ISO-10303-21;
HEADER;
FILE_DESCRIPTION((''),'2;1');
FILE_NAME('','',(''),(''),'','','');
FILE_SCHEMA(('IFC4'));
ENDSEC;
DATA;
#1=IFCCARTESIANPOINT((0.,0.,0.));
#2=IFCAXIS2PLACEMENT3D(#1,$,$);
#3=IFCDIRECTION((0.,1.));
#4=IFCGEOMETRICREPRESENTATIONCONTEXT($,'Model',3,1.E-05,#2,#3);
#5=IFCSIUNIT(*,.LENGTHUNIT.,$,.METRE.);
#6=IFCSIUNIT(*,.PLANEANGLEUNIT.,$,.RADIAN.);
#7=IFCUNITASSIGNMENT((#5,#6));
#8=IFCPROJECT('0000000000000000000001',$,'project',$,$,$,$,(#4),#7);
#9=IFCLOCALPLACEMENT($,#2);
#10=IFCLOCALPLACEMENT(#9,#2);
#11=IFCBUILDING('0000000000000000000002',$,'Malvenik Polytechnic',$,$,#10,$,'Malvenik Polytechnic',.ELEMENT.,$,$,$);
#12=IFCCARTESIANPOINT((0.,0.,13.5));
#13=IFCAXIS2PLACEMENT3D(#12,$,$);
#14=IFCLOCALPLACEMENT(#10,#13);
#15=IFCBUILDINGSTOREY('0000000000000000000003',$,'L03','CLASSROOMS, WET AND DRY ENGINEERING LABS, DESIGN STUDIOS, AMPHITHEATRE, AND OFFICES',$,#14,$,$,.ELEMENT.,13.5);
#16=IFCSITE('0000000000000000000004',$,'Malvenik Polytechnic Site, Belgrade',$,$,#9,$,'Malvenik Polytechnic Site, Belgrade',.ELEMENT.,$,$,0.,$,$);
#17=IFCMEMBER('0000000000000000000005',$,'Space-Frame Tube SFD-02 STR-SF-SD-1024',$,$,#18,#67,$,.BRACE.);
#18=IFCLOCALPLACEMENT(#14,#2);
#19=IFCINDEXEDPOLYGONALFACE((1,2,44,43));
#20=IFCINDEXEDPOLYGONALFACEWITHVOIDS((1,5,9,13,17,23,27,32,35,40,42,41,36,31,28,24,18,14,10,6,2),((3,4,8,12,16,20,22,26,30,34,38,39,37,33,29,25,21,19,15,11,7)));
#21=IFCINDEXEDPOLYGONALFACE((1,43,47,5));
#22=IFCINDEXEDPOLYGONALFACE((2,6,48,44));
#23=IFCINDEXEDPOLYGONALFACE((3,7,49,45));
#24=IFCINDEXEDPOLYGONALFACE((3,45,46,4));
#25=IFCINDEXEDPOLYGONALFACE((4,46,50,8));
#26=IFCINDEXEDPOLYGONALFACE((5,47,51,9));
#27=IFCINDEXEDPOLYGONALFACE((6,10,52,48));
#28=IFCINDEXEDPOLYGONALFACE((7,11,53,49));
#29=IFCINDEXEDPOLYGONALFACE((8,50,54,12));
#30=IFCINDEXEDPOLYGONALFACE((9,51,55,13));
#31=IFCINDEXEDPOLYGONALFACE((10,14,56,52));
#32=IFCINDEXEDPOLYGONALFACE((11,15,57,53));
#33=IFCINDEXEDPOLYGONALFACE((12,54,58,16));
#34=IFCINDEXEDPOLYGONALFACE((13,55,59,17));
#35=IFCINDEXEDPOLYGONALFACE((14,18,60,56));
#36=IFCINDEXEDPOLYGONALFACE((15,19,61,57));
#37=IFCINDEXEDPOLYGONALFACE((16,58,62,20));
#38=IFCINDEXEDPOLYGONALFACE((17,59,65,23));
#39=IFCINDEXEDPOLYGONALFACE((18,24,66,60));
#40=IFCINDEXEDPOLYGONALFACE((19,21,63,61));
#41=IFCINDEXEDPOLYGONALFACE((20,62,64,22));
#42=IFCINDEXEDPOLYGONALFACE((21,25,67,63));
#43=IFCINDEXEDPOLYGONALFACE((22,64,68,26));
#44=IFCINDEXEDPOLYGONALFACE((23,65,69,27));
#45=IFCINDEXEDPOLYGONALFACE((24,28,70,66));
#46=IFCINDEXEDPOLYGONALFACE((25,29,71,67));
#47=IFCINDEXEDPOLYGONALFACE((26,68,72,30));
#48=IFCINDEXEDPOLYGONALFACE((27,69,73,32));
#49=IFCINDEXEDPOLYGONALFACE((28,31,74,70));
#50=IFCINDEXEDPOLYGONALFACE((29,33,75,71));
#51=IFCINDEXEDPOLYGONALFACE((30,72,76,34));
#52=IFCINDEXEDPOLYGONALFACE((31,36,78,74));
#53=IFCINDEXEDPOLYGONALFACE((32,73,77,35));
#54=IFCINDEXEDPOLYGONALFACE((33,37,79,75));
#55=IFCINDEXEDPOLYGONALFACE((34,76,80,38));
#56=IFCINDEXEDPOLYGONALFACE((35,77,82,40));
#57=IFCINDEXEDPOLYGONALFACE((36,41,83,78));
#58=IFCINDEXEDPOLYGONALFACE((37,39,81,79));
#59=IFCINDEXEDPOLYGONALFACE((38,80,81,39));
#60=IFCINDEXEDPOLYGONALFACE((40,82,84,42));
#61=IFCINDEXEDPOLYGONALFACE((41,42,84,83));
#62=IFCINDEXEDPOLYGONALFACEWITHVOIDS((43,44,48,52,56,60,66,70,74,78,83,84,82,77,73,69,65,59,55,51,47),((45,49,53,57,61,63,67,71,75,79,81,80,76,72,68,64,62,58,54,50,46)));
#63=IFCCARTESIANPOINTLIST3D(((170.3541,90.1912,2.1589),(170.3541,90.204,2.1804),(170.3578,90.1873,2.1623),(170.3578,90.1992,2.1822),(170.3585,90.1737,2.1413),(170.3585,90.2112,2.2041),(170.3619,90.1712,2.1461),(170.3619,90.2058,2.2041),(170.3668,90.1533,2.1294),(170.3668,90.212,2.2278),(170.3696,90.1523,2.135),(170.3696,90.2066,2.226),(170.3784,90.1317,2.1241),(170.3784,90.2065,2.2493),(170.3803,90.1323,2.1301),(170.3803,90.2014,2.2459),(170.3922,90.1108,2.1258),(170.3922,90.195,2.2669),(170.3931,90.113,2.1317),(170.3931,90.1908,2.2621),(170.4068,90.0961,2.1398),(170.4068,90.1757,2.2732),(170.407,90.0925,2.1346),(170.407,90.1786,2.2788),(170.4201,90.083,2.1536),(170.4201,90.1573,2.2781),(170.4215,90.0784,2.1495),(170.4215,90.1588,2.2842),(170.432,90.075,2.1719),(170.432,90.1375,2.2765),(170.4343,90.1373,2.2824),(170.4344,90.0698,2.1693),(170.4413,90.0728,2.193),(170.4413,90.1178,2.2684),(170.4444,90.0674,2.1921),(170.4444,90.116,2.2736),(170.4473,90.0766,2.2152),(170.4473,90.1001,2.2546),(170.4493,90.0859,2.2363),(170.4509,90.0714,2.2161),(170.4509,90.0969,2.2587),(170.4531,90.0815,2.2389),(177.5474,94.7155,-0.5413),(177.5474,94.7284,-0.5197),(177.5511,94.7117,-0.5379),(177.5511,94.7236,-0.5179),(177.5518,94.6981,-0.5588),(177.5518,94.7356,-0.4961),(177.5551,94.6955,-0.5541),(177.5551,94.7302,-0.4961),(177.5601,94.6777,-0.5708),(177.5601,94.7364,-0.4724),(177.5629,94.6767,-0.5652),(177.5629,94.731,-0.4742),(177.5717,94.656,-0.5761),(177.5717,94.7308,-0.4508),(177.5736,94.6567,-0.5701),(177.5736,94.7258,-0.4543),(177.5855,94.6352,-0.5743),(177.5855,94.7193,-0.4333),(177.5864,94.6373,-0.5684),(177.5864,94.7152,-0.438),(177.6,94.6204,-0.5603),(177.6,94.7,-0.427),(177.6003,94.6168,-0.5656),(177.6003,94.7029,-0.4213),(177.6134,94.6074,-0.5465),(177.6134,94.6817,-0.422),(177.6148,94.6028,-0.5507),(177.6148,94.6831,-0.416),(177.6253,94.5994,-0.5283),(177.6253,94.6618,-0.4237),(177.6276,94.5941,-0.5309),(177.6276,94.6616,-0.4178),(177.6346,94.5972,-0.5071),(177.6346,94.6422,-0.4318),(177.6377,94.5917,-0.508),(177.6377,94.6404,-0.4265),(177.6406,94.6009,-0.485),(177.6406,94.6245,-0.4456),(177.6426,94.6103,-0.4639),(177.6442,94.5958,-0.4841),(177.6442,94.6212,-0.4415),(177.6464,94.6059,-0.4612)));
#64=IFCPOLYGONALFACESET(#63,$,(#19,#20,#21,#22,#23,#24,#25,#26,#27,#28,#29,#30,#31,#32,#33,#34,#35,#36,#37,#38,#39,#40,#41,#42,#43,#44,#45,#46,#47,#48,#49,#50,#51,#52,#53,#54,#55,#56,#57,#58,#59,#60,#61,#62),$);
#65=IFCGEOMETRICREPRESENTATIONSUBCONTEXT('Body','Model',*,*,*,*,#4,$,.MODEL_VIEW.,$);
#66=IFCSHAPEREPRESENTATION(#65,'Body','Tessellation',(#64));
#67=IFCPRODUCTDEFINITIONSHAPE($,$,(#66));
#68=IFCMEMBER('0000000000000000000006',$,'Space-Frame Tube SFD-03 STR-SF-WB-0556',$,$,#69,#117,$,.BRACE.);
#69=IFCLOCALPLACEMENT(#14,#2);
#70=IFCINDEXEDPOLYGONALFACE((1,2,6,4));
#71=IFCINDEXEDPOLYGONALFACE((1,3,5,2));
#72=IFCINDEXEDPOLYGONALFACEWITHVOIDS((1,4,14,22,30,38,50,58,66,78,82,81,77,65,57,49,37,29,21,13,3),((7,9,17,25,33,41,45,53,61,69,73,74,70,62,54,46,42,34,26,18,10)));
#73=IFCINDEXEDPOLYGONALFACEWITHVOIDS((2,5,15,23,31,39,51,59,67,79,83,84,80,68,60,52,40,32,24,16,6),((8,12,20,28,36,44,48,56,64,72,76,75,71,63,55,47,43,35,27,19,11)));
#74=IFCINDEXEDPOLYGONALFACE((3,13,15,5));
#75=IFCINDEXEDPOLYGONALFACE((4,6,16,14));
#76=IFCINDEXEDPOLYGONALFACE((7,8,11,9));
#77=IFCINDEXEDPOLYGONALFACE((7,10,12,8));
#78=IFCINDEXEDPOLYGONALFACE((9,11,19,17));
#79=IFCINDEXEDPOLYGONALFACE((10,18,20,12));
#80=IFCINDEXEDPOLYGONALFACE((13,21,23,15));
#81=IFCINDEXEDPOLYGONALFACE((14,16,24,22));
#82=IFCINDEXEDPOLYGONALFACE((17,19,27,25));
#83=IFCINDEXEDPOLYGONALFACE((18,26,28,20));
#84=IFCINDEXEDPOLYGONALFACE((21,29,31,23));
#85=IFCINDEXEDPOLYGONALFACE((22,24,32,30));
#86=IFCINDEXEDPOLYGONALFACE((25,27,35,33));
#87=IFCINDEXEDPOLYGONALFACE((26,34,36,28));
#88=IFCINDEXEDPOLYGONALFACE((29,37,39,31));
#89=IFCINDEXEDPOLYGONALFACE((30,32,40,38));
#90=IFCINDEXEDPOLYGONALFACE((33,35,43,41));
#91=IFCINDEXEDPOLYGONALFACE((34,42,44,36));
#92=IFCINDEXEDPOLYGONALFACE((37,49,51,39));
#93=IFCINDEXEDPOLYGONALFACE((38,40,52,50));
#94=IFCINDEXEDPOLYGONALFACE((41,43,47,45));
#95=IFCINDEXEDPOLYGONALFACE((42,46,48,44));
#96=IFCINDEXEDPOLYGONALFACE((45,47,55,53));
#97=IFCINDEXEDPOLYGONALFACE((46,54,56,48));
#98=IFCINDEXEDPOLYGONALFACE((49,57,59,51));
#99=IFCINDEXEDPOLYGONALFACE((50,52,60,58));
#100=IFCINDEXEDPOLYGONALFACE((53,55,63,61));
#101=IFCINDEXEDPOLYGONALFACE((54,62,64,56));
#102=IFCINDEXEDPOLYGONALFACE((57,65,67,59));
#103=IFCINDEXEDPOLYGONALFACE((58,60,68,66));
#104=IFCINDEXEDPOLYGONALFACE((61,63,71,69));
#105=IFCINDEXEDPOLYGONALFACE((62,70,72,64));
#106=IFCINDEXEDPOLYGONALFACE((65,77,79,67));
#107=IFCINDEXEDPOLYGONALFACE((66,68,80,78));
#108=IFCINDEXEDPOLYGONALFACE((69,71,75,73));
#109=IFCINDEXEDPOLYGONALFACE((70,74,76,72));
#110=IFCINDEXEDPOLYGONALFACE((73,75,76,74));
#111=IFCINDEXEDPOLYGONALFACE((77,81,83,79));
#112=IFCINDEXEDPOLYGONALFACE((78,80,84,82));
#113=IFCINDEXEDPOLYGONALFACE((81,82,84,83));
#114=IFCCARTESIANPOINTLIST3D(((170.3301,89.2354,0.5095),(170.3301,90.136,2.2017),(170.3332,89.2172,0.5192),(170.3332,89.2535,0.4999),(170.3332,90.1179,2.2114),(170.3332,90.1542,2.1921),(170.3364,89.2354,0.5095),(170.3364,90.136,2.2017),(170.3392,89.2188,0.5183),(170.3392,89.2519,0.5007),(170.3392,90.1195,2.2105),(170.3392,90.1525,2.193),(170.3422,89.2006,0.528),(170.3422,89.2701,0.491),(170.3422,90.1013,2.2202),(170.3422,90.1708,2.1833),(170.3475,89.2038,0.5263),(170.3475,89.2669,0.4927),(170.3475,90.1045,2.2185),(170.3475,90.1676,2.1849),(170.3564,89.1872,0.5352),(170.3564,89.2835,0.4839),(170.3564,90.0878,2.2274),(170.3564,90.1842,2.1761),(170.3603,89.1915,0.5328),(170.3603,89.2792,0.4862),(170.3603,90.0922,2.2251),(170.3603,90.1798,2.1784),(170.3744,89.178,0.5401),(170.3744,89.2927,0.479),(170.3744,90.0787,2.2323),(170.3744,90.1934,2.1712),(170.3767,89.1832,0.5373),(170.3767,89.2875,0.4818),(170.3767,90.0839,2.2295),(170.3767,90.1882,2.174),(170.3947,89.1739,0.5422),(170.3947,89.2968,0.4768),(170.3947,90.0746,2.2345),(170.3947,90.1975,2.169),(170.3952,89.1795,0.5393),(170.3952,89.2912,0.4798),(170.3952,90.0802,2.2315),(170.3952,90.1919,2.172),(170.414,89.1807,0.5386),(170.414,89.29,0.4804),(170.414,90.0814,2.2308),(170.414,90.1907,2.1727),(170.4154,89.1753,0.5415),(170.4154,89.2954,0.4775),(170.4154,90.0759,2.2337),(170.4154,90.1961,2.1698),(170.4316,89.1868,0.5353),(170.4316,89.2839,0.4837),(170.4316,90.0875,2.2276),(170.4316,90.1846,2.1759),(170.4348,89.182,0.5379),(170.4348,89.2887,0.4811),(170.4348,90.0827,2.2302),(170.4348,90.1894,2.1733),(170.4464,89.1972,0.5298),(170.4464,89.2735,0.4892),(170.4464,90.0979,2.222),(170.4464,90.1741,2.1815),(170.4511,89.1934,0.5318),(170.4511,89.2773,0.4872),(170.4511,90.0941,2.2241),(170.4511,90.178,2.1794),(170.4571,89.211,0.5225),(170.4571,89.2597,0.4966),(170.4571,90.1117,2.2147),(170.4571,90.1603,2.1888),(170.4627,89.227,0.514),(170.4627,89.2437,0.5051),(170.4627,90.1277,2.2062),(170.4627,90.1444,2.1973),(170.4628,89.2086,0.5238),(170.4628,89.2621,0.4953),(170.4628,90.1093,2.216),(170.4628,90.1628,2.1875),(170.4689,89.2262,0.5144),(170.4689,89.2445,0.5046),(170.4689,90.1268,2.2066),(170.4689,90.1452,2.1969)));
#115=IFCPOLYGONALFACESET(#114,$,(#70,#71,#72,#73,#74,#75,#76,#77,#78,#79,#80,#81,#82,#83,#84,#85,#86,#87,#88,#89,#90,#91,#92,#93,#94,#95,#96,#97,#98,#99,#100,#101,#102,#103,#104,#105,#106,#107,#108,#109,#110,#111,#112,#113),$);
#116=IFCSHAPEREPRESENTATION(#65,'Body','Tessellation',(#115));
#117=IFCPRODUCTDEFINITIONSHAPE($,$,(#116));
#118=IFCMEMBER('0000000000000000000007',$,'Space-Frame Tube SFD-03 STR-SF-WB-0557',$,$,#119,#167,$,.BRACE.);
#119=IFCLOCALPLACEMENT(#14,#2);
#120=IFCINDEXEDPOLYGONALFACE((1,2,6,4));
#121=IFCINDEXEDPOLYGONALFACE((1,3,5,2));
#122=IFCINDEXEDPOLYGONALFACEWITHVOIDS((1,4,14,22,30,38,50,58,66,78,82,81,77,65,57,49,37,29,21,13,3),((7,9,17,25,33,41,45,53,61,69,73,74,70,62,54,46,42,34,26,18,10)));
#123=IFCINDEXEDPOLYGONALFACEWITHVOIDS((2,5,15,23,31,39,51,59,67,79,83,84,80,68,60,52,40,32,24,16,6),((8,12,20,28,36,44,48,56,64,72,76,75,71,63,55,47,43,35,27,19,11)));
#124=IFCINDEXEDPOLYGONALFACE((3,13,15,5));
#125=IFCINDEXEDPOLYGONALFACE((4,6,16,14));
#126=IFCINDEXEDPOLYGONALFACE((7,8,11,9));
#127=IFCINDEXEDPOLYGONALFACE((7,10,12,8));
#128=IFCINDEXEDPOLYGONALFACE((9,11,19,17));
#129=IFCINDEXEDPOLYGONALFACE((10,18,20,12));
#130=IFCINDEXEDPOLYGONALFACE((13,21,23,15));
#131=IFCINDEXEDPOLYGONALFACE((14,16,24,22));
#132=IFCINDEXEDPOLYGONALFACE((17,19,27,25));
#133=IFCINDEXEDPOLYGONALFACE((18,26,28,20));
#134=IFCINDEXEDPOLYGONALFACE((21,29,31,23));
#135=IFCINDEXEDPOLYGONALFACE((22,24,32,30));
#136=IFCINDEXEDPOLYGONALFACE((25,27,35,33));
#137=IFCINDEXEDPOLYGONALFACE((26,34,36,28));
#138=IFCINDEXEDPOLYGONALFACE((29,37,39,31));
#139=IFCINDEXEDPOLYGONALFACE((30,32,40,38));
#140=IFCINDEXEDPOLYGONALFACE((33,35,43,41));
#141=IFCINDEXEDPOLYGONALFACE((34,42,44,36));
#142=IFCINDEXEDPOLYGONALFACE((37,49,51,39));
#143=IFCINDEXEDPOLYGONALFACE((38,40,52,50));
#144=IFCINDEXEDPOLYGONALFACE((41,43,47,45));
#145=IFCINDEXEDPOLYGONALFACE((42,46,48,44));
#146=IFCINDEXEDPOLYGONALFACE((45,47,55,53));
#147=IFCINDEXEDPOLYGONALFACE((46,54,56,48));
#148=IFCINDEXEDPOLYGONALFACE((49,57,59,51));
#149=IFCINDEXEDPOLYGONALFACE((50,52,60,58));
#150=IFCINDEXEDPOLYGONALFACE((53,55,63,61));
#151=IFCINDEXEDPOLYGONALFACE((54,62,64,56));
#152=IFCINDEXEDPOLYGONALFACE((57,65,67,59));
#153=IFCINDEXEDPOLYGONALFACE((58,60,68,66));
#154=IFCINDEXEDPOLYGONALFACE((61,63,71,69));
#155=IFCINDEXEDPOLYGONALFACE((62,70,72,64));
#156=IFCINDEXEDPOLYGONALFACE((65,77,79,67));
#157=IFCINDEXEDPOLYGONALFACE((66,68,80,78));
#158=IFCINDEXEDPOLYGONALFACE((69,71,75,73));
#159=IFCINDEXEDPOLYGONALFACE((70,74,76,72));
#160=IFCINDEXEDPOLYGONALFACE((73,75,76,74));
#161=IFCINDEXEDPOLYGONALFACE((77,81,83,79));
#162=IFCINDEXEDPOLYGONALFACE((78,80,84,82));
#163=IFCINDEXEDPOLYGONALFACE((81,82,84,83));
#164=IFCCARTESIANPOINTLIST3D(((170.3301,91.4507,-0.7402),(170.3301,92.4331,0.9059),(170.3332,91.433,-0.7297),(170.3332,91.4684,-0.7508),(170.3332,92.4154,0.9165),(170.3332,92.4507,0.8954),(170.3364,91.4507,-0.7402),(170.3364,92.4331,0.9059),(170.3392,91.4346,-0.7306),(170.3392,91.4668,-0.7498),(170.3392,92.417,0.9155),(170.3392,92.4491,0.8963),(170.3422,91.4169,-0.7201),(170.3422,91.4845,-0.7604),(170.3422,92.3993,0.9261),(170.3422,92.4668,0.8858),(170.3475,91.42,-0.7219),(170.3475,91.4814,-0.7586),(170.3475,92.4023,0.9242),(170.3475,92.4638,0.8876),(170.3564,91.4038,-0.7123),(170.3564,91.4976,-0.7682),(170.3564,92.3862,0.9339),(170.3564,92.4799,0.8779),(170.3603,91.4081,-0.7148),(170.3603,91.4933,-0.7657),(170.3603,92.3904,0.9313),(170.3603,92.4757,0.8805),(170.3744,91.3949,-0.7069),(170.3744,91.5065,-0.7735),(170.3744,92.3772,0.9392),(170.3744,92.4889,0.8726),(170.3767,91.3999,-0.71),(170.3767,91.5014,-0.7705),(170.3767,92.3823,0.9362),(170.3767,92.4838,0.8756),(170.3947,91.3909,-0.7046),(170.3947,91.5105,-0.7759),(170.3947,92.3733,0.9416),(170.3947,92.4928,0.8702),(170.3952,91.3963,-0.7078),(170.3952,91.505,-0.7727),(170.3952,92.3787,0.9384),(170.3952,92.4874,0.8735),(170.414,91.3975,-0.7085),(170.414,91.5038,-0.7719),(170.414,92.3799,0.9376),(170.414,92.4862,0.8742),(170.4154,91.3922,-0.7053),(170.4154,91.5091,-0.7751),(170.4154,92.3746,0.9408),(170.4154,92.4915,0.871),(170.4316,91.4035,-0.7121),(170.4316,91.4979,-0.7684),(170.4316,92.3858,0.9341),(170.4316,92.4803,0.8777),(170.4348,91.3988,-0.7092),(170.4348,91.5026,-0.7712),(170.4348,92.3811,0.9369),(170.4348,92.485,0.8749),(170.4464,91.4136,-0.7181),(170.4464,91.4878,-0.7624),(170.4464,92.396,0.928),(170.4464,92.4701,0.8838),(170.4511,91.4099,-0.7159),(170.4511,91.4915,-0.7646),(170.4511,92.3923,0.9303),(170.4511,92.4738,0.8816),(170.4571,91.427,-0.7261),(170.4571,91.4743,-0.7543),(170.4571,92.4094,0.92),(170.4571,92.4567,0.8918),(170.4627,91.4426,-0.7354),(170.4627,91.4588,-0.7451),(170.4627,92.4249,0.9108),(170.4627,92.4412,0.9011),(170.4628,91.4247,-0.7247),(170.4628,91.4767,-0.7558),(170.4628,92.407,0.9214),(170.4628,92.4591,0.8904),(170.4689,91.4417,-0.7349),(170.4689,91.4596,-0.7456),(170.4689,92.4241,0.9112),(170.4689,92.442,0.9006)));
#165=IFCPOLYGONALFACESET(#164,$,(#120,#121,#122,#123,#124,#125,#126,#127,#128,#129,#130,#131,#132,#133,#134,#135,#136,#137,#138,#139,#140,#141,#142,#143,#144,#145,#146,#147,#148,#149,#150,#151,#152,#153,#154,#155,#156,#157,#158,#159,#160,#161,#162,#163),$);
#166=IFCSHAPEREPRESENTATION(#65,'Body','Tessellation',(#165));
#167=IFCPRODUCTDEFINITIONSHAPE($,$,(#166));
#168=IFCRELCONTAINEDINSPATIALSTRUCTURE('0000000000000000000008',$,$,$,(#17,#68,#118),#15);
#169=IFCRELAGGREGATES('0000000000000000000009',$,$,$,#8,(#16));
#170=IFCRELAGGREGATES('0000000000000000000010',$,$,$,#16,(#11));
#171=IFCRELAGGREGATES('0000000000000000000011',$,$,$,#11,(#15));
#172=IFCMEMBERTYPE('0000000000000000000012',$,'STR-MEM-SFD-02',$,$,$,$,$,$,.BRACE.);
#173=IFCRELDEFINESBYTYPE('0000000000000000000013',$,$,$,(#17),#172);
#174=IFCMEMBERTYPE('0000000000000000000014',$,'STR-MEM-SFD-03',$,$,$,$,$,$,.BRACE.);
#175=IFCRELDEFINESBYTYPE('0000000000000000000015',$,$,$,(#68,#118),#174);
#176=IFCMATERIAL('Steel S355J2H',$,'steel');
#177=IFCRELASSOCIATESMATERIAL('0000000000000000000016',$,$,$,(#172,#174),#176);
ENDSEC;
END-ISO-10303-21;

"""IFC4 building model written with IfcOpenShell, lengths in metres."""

from ifc_helpers import new_model, si_unit, direction, frame, origin, origin_2d, place, context, subcontext, project, spatial, hollow_circle, extrude, material, material_profile, profile_set, type_object, element, save


model = new_model("IFC4")

# Units and contexts
model_context = context("Model", 3, precision=1e-05, world=origin(), true_north=direction((0.0, 1.0)))
body_context = subcontext(model_context, "Body", "Model", "MODEL_VIEW")
ifc_project = project(units=[si_unit("LENGTHUNIT", "METRE"), si_unit("PLANEANGLEUNIT", "RADIAN")], contexts=[model_context])

# Site, building, storey
site_placement = place(None, origin())
site = spatial("IfcSite", under=ifc_project, at=site_placement, Name="Malvenik Polytechnic Site, Belgrade", LongName="Malvenik Polytechnic Site, Belgrade", CompositionType="ELEMENT", RefElevation=0.0)
building_placement = place(site_placement, origin())
building = spatial("IfcBuilding", under=site, at=building_placement, Name="Malvenik Polytechnic", LongName="Malvenik Polytechnic", CompositionType="ELEMENT")
storey_placement = place(building_placement, frame((0.0, 0.0, 13.5)))
storey = spatial("IfcBuildingStorey", under=building, at=storey_placement, Name="L03", Description="CLASSROOMS, WET AND DRY ENGINEERING LABS, DESIGN STUDIOS, AMPHITHEATRE, AND OFFICES", CompositionType="ELEMENT", Elevation=13.5)

# Members
ifc_material_1 = material(Name="Steel S355J2H", Category="steel")
ifc_material_profile_1 = material_profile(ifc_material_1, hollow_circle(Radius=0.0842, WallThickness=0.0063, at=origin_2d()), Name="CHS 168.3x6.3")
ifc_profile_set_1 = profile_set([ifc_material_profile_1], Name="Steel S355J2H")
member_type_1 = type_object("IfcMemberType", Name="STR-MEM-SFD-02", PredefinedType="BRACE", material=ifc_profile_set_1)
for number, where, z_axis, x_axis, name in (
    (1, (170.4033, 90.1399, 2.2041), (0.806738, 0.507415, -0.302828), (-0.532414, 0.846484, 0.0), "Space-Frame Tube SFD-02 STR-SF-SD-1024"),
):
    element("IfcMember", number, at=place(storey_placement, frame(where, z_axis=z_axis, x_axis=x_axis)), inside=storey, type_object=member_type_1, Name=name, PredefinedType="BRACE", context=body_context, shape_type="SweptSolid", body=[
        extrude(hollow_circle(Radius=0.0842, WallThickness=0.0063, at=origin_2d()), origin(), (0.0, 0.0, 1.0), 8.9165),
    ])
ifc_material_profile_2 = material_profile(ifc_material_1, hollow_circle(Radius=0.0698, WallThickness=0.0063, at=origin_2d()), Name="CHS 139.7x6.3")
ifc_profile_set_2 = profile_set([ifc_material_profile_2], Name="Steel S355J2H")
member_type_2 = type_object("IfcMemberType", Name="STR-MEM-SFD-03", PredefinedType="BRACE", material=ifc_profile_set_2)
for number, where, z_axis, x_axis, name in (
    (2, (170.3999, 89.2354, 0.5095), (0.0, 0.469841, 0.882751), (-1.0, 0.0, 0.0), "Space-Frame Tube SFD-03 STR-SF-WB-0556"),
    (3, (170.3999, 91.4507, -0.7402), (0.0, 0.512453, 0.858715), (-1.0, 0.0, 0.0), "Space-Frame Tube SFD-03 STR-SF-WB-0557"),
):
    element("IfcMember", number, at=place(storey_placement, frame(where, z_axis=z_axis, x_axis=x_axis)), inside=storey, type_object=member_type_2, Name=name, PredefinedType="BRACE", context=body_context, shape_type="SweptSolid", body=[
        extrude(hollow_circle(Radius=0.0698, WallThickness=0.0063, at=origin_2d()), origin(), (0.0, 0.0, 1.0), 1.917),
    ])

save(model, "model.ifc")
